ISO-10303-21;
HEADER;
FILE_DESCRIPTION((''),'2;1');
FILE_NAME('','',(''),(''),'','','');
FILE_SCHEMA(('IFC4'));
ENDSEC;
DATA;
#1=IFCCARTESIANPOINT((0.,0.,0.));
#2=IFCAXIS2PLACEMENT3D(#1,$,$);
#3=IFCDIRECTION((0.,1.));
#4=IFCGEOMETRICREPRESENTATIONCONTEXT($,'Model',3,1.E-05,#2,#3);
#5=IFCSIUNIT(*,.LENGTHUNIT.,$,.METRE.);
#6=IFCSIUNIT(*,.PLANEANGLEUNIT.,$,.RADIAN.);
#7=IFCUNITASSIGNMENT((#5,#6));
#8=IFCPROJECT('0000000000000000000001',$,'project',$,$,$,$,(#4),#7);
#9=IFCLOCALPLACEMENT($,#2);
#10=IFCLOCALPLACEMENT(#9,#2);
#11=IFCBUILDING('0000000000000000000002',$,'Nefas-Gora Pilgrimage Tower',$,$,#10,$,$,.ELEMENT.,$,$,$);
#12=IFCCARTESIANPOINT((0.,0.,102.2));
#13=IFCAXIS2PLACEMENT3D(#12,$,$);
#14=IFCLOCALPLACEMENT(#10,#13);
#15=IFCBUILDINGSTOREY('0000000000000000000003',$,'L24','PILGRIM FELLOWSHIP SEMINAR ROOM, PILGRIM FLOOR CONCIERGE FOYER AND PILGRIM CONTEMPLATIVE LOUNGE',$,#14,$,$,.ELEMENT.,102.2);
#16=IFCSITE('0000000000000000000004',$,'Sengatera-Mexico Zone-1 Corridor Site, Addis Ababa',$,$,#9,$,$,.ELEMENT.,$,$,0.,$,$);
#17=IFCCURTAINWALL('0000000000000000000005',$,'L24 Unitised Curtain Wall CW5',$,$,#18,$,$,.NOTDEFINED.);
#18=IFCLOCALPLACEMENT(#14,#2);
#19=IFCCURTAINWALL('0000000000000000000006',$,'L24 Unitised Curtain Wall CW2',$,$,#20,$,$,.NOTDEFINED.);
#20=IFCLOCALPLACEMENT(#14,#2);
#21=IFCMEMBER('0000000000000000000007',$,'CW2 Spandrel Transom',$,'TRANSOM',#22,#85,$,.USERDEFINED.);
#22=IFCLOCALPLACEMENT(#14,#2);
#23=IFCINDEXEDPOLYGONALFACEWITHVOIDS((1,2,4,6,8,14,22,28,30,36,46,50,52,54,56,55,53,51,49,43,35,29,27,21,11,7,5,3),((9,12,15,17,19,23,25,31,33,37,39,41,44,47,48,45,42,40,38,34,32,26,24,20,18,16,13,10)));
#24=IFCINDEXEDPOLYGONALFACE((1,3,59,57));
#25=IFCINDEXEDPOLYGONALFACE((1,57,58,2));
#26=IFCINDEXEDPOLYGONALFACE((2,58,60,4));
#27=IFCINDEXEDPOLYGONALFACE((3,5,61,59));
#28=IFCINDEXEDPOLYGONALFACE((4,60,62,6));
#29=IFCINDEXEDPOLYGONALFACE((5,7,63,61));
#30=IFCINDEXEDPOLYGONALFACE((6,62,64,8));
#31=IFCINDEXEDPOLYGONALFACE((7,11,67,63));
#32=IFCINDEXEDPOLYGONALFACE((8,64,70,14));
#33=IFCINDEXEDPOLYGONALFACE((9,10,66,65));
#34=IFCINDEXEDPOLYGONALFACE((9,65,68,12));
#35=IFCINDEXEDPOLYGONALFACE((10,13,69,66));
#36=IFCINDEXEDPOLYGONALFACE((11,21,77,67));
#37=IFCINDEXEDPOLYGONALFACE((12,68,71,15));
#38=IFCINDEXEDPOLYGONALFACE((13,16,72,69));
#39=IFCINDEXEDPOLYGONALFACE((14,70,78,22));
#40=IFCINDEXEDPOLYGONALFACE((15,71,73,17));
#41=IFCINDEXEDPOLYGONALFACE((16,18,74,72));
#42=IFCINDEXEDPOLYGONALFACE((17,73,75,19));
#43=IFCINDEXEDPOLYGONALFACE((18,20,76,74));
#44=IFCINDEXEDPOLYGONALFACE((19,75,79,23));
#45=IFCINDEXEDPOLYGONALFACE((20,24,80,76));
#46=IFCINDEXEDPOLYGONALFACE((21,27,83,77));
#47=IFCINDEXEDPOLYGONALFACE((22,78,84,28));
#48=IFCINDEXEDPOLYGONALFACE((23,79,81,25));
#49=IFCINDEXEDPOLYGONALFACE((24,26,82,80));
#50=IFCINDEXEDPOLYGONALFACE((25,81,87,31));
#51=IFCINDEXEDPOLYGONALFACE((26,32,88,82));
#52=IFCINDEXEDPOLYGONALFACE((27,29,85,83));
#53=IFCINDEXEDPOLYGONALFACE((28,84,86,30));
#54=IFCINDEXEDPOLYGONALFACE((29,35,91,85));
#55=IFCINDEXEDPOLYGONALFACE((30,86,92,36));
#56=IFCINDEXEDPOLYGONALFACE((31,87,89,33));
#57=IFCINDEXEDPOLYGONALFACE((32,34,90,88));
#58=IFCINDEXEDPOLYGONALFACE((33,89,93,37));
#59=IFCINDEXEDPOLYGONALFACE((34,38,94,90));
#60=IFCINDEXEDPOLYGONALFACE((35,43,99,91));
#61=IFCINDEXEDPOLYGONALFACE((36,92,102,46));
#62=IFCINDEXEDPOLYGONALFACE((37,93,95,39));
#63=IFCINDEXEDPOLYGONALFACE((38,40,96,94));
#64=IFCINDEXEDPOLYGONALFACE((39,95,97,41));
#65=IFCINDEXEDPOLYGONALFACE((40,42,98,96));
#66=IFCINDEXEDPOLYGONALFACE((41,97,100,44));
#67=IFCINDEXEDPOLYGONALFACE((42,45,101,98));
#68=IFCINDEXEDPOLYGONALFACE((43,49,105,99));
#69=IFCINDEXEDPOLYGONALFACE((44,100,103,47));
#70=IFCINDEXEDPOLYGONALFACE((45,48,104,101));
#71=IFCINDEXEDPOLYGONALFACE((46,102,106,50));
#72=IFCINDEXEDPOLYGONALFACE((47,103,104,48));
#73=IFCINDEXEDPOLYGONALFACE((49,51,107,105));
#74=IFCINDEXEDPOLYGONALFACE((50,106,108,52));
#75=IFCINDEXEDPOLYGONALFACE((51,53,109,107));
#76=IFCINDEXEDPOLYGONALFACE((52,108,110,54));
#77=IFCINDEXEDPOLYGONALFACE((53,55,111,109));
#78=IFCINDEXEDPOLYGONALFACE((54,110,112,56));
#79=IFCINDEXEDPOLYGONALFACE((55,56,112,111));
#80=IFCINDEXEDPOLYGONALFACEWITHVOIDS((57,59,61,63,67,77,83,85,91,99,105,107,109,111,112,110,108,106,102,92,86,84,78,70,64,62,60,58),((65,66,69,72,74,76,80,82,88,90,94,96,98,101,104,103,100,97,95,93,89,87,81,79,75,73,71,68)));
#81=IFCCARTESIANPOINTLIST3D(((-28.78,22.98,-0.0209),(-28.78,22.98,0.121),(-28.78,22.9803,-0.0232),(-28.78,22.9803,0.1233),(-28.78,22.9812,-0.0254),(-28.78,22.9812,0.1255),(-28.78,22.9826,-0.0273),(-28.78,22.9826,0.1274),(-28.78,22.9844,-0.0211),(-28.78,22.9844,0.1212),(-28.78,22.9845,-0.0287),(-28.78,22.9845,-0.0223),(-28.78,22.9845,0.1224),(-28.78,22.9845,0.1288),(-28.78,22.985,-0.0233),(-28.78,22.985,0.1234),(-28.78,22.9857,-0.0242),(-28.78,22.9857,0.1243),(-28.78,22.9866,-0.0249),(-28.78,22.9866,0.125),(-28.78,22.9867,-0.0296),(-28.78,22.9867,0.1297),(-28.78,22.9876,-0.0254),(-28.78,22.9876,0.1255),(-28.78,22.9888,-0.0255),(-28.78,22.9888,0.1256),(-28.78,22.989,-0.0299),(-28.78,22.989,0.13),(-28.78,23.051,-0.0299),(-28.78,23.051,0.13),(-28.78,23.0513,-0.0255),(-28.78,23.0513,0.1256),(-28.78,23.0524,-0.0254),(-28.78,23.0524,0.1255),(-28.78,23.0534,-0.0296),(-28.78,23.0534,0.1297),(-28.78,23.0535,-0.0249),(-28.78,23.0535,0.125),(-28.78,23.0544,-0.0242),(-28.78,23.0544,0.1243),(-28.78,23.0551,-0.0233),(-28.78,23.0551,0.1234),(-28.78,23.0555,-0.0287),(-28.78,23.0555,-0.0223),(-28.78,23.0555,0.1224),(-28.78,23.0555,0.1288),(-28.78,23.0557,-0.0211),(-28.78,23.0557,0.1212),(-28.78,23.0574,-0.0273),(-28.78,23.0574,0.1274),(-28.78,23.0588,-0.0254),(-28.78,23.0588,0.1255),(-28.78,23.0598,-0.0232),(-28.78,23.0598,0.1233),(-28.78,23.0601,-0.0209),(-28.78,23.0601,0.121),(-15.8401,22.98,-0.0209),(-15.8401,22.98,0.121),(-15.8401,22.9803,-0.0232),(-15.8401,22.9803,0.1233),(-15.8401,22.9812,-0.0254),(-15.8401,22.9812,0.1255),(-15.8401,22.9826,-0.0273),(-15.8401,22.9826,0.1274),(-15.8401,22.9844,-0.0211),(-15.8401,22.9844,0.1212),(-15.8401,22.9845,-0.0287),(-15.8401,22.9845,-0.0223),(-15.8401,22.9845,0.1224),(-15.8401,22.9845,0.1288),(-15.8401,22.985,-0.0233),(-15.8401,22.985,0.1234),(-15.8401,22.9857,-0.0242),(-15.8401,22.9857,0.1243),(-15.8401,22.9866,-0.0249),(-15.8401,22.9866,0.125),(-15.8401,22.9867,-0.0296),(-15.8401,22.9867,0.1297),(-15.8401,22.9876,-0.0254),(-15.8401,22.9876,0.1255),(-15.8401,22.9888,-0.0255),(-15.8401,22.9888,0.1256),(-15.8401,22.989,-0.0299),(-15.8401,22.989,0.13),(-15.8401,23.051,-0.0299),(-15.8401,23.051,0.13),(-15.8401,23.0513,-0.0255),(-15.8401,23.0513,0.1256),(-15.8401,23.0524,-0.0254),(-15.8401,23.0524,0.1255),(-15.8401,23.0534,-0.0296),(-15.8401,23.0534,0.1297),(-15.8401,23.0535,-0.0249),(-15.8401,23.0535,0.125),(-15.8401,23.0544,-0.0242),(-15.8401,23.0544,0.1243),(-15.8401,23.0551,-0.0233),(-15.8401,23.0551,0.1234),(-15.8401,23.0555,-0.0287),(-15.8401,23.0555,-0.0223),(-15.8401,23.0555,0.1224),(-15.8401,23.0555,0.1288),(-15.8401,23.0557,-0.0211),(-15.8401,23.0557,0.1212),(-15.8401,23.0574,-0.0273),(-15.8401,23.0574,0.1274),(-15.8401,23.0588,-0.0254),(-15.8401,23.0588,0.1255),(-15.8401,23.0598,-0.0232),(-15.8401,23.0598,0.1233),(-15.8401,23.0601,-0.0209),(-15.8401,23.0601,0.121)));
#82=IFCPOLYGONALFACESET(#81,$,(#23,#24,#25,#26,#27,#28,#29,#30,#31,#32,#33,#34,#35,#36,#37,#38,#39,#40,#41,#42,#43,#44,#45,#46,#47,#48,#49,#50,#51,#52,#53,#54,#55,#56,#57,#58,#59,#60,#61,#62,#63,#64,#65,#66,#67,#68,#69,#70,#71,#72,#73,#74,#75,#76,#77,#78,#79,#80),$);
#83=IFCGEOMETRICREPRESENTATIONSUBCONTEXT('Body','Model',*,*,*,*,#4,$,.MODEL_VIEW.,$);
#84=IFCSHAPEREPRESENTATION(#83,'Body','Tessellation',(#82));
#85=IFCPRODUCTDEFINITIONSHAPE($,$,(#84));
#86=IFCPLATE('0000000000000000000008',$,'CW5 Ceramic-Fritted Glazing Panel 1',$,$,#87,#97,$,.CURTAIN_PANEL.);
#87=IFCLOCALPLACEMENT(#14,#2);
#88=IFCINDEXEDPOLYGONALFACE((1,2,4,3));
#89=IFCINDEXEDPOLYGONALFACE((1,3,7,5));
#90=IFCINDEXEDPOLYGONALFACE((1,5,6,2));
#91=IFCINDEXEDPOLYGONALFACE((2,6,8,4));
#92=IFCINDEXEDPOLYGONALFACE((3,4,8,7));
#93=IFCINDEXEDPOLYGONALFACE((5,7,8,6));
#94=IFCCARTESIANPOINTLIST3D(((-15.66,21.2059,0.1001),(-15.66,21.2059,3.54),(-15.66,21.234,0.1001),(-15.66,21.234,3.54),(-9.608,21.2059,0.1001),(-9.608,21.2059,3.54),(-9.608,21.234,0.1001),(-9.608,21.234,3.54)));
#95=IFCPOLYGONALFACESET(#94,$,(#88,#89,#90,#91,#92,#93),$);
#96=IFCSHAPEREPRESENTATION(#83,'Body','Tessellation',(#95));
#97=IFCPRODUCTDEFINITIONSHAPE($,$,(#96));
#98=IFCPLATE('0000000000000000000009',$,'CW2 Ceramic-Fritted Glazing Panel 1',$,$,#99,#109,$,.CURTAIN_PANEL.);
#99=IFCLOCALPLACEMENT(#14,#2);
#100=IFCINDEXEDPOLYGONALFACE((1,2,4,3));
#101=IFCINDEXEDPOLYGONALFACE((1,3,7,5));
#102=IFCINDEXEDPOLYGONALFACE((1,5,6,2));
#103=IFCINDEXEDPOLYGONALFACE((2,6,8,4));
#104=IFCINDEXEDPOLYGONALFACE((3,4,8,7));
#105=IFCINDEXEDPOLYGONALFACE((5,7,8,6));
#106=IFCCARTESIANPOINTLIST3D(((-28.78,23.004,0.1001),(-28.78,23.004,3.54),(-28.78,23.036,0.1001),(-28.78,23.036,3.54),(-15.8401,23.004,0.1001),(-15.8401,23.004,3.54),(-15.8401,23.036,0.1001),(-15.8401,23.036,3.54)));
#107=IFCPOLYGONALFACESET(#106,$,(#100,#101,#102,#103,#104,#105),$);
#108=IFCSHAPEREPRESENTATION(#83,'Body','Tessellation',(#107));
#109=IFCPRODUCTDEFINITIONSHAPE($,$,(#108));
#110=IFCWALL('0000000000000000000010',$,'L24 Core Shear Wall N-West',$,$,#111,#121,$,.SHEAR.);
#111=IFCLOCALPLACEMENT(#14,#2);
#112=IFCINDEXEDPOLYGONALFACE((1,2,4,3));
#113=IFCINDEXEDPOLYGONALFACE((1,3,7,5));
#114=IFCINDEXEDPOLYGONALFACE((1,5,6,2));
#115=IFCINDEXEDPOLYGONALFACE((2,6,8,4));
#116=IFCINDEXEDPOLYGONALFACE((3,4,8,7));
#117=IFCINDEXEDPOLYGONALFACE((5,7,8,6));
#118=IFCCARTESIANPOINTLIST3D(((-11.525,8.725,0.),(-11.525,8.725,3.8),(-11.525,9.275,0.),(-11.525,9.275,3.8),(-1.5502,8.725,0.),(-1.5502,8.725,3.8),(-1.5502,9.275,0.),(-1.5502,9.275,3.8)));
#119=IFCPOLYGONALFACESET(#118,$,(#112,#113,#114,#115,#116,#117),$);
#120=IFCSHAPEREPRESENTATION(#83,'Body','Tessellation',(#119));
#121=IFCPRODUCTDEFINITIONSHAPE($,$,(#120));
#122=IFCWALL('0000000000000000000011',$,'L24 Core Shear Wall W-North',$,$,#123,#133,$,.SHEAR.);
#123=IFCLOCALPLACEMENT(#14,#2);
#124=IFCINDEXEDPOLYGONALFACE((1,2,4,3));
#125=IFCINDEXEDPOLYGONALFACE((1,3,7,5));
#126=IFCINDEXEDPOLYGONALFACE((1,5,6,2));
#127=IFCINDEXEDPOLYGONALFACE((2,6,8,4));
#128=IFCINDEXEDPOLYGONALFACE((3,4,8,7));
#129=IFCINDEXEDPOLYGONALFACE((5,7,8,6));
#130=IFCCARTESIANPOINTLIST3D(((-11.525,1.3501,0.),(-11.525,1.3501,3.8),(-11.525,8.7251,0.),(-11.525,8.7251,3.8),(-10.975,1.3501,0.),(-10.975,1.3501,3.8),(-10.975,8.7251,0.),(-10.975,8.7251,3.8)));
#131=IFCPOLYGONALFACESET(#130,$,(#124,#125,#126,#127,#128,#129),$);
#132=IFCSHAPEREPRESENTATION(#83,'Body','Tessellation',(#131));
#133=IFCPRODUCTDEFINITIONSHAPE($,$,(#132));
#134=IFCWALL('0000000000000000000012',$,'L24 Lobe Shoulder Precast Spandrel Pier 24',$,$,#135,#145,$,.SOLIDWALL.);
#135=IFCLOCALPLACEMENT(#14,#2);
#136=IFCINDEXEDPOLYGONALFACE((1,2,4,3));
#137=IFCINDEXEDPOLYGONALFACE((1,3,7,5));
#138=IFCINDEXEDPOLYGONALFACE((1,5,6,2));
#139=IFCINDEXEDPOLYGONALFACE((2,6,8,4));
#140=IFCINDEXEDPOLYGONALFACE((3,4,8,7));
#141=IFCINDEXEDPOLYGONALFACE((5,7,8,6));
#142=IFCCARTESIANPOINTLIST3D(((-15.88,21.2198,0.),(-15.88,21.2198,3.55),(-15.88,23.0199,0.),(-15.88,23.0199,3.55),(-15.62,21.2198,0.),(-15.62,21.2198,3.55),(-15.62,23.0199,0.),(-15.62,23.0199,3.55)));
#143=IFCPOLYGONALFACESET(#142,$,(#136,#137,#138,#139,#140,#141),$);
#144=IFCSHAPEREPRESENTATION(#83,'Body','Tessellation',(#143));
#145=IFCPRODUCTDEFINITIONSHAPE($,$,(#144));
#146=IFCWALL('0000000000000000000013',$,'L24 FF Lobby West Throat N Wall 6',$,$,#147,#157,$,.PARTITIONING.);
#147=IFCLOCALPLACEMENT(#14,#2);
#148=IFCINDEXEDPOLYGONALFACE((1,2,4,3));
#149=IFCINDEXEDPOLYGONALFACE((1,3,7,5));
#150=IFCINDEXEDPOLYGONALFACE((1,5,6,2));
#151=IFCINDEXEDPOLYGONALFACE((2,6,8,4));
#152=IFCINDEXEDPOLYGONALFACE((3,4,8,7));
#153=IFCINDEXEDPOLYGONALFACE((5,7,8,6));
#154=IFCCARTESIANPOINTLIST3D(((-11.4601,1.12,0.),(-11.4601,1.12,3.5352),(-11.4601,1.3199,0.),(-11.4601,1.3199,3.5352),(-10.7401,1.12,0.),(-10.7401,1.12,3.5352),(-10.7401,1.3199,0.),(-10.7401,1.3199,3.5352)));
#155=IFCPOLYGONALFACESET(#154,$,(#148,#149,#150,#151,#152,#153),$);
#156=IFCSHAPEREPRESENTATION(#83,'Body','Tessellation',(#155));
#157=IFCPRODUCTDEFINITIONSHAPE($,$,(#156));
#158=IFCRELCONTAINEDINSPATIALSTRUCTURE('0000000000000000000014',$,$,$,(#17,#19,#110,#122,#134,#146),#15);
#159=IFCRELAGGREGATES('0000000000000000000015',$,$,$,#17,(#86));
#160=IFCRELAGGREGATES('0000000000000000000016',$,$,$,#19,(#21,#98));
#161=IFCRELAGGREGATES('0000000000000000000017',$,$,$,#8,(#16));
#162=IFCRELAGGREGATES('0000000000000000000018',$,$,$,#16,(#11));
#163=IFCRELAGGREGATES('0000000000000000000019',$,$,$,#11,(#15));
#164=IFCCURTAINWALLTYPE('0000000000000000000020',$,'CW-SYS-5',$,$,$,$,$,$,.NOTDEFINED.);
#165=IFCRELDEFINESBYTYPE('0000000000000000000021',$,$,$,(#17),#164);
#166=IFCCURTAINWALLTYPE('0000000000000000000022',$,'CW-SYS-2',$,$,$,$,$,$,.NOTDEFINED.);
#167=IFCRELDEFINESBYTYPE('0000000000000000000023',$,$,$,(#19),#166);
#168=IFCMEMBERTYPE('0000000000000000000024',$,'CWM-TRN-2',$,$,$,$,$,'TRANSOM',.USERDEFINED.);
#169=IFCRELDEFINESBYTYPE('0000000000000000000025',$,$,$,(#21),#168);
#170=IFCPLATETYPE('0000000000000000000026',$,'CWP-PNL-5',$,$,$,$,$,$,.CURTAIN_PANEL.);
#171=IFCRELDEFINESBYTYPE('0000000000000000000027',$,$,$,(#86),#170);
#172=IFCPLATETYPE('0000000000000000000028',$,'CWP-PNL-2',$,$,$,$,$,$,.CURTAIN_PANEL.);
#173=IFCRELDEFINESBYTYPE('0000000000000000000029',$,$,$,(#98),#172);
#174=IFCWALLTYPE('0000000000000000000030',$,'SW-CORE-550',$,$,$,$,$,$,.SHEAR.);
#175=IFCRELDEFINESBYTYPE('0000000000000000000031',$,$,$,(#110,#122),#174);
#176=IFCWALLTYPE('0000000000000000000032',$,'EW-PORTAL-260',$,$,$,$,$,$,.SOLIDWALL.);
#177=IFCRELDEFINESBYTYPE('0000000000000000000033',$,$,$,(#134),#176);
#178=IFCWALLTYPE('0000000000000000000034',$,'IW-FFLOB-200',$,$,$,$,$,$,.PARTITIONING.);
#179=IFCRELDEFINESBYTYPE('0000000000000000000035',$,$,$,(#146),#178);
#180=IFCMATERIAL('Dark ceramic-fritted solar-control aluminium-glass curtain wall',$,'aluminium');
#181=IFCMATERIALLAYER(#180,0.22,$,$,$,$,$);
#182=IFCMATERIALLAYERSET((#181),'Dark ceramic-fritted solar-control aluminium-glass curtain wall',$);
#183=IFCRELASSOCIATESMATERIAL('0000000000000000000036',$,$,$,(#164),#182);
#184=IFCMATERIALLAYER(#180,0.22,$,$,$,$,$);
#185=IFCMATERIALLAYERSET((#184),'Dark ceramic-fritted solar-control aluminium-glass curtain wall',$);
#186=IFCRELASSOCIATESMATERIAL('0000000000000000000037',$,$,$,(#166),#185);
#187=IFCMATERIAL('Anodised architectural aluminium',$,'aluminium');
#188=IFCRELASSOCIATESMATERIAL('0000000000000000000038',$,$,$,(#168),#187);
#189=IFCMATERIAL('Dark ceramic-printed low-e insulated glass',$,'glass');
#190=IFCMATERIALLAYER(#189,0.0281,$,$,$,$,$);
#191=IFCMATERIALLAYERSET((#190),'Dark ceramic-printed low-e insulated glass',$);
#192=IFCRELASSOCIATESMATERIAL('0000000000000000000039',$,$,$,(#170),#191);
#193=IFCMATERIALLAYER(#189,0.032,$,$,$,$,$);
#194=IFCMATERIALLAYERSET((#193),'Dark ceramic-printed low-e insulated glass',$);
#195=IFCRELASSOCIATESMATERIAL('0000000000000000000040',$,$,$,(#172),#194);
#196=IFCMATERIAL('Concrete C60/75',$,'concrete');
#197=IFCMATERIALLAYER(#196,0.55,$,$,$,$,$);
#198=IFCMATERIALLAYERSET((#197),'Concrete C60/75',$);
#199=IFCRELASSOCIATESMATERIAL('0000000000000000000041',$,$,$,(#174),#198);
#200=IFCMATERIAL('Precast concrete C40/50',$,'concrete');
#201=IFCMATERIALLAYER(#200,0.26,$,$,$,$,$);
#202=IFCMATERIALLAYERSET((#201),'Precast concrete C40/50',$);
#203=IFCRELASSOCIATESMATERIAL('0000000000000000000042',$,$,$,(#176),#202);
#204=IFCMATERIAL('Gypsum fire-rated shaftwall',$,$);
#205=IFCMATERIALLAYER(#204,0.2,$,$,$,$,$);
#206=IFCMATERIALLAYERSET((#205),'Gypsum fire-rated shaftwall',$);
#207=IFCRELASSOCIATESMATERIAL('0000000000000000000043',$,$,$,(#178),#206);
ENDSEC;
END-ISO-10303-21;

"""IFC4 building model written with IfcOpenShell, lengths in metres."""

from ifc_helpers import new_model, si_unit, direction, frame, frame_2d, origin, origin_2d, place, context, subcontext, project, spatial, rectangle, hollow_rectangle, extrude, source, transform, mapped, material, layer, layer_set, material_profile, profile_set, type_object, element, aggregate, save


model = new_model("IFC4")

# Units and contexts
model_context = context("Model", 3, precision=1e-05, world=origin(), true_north=direction((0.0, 1.0)))
body_context = subcontext(model_context, "Body", "Model", "MODEL_VIEW")
ifc_project = project(units=[si_unit("LENGTHUNIT", "METRE"), si_unit("PLANEANGLEUNIT", "RADIAN")], contexts=[model_context])

# Site, building, storey
site_placement = place(None, origin())
site = spatial("IfcSite", under=ifc_project, at=site_placement, Name="Sengatera-Mexico Zone-1 Corridor Site, Addis Ababa", CompositionType="ELEMENT", RefElevation=0.0)
building_placement = place(site_placement, origin())
building = spatial("IfcBuilding", under=site, at=building_placement, Name="Nefas-Gora Pilgrimage Tower", CompositionType="ELEMENT")
storey_placement = place(building_placement, frame((0.0, 0.0, 102.2)))
storey = spatial("IfcBuildingStorey", under=building, at=storey_placement, Name="L24", Description="PILGRIM FELLOWSHIP SEMINAR ROOM, PILGRIM FLOOR CONCIERGE FOYER AND PILGRIM CONTEMPLATIVE LOUNGE", CompositionType="ELEMENT", Elevation=102.2)

# Curtain wall
ifc_material_1 = material(Name="Dark ceramic-fritted solar-control aluminium-glass curtain wall", Category="aluminium")
ifc_layer_1 = layer(ifc_material_1, 0.22)
ifc_layer_set_1 = layer_set([ifc_layer_1], Name="Dark ceramic-fritted solar-control aluminium-glass curtain wall")
curtain_wall_type_1 = type_object("IfcCurtainWallType", Name="CW-SYS-5", PredefinedType="NOTDEFINED", material=ifc_layer_set_1)
curtain_wall_1_placement = place(storey_placement, origin())
curtain_wall_1 = element("IfcCurtainWall", 1, at=curtain_wall_1_placement, inside=storey, type_object=curtain_wall_type_1, Name="L24 Unitised Curtain Wall CW5", PredefinedType="NOTDEFINED")
ifc_material_2 = material(Name="Anodised architectural aluminium", Category="aluminium")

# Curtain wall, member
ifc_layer_2 = layer(ifc_material_1, 0.22)
ifc_layer_set_2 = layer_set([ifc_layer_2], Name="Dark ceramic-fritted solar-control aluminium-glass curtain wall")
curtain_wall_type_2 = type_object("IfcCurtainWallType", Name="CW-SYS-2", PredefinedType="NOTDEFINED", material=ifc_layer_set_2)
curtain_wall_2_placement = place(storey_placement, origin())
curtain_wall_2 = element("IfcCurtainWall", 2, at=curtain_wall_2_placement, inside=storey, type_object=curtain_wall_type_2, Name="L24 Unitised Curtain Wall CW2", PredefinedType="NOTDEFINED")
ifc_material_profile_1 = material_profile(ifc_material_2, hollow_rectangle(XDim=0.0801, YDim=0.1599, WallThickness=0.0044, InnerFilletRadius=0.0044, OuterFilletRadius=0.009, at=origin_2d()), Name="ALU TRANSOM 80x160")
ifc_profile_set_1 = profile_set([ifc_material_profile_1], Name="Anodised architectural aluminium")
member_type_1 = type_object("IfcMemberType", Name="CWM-TRN-2", ElementType="TRANSOM", PredefinedType="USERDEFINED", material=ifc_profile_set_1)
shared_shape_1 = source(origin(), body_context, "Body", "SweptSolid", [
    extrude(hollow_rectangle(XDim=0.0801, YDim=0.1599, WallThickness=0.0044, InnerFilletRadius=0.0044, OuterFilletRadius=0.009, at=origin_2d()), origin(), (0.0, 0.0, 1.0), 12.9399),
])
member_1_placement = place(storey_placement, frame((-15.8401, 23.02, 0.05), z_axis=(-1.0, 0.0, 0.0), x_axis=(0.0, -1.0, 0.0)))
member_1 = element("IfcMember", 3, at=member_1_placement, type_object=member_type_1, Name="CW2 Spandrel Transom", ObjectType="TRANSOM", PredefinedType="USERDEFINED", context=body_context, shape_type="MappedRepresentation", body=[
    mapped(shared_shape_1, transform((0.0, 0.0, 0.0), x_axis=(1.0, 0.0, 0.0), y_axis=(0.0, 1.0, 0.0), z_axis=(0.0, 0.0, 1.0), scale=1.0)),
])

# Plates
ifc_material_3 = material(Name="Dark ceramic-printed low-e insulated glass", Category="glass")
ifc_layer_3 = layer(ifc_material_3, 0.0281)
ifc_layer_set_3 = layer_set([ifc_layer_3], Name="Dark ceramic-printed low-e insulated glass")
plate_type_1 = type_object("IfcPlateType", Name="CWP-PNL-5", PredefinedType="CURTAIN_PANEL", material=ifc_layer_set_3)
shared_shape_2 = source(origin(), body_context, "Body", "SweptSolid", [
    extrude(rectangle(XDim=6.052, YDim=0.0281, at=origin_2d()), origin(), (0.0, 0.0, 1.0), 3.4399),
])
plate_1_placement = place(storey_placement, frame((-12.634, 21.22, 0.1001), z_axis=(0.0, 0.0, 1.0), x_axis=(-1.0, 0.0, 0.0)))
plate_1 = element("IfcPlate", 4, at=plate_1_placement, type_object=plate_type_1, Name="CW5 Ceramic-Fritted Glazing Panel 1", PredefinedType="CURTAIN_PANEL", context=body_context, shape_type="MappedRepresentation", body=[
    mapped(shared_shape_2, transform((0.0, 0.0, 0.0), x_axis=(1.0, 0.0, 0.0), y_axis=(0.0, 1.0, 0.0), z_axis=(0.0, 0.0, 1.0), scale=1.0)),
])
aggregate(curtain_wall_1, [plate_1])
ifc_layer_4 = layer(ifc_material_3, 0.032)
ifc_layer_set_4 = layer_set([ifc_layer_4], Name="Dark ceramic-printed low-e insulated glass")
plate_type_2 = type_object("IfcPlateType", Name="CWP-PNL-2", PredefinedType="CURTAIN_PANEL", material=ifc_layer_set_4)
shared_shape_3 = source(origin(), body_context, "Body", "SweptSolid", [
    extrude(rectangle(XDim=12.9399, YDim=0.032, at=origin_2d()), origin(), (0.0, 0.0, 1.0), 3.4399),
])
plate_2_placement = place(storey_placement, frame((-22.3101, 23.02, 0.1001), z_axis=(0.0, 0.0, 1.0), x_axis=(-1.0, 0.0, 0.0)))
plate_2 = element("IfcPlate", 5, at=plate_2_placement, type_object=plate_type_2, Name="CW2 Ceramic-Fritted Glazing Panel 1", PredefinedType="CURTAIN_PANEL", context=body_context, shape_type="MappedRepresentation", body=[
    mapped(shared_shape_3, transform((0.0, 0.0, 0.0), x_axis=(1.0, 0.0, 0.0), y_axis=(0.0, 1.0, 0.0), z_axis=(0.0, 0.0, 1.0), scale=1.0)),
])
aggregate(curtain_wall_2, [member_1, plate_2])

# Walls
ifc_material_4 = material(Name="Concrete C60/75", Category="concrete")
ifc_layer_5 = layer(ifc_material_4, 0.55)
ifc_layer_set_5 = layer_set([ifc_layer_5], Name="Concrete C60/75")
wall_type_1 = type_object("IfcWallType", Name="SW-CORE-550", PredefinedType="SHEAR", material=ifc_layer_set_5)
shared_shape_4 = source(origin(), body_context, "Body", "SweptSolid", [
    extrude(rectangle(XDim=9.9749, YDim=0.55, at=frame_2d((4.9873, 0.0))), origin(), (0.0, 0.0, 1.0), 3.8),
])
wall_1_placement = place(storey_placement, frame((-11.5249, 9.0, 0.0), z_axis=(0.0, 0.0, 1.0), x_axis=(1.0, 0.0, 0.0)))
element("IfcWall", 6, at=wall_1_placement, inside=storey, type_object=wall_type_1, Name="L24 Core Shear Wall N-West", PredefinedType="SHEAR", context=body_context, shape_type="MappedRepresentation", body=[
    mapped(shared_shape_4, transform((0.0, 0.0, 0.0), x_axis=(1.0, 0.0, 0.0), y_axis=(0.0, 1.0, 0.0), z_axis=(0.0, 0.0, 1.0), scale=1.0)),
])
shared_shape_5 = source(origin(), body_context, "Body", "SweptSolid", [
    extrude(rectangle(XDim=7.375, YDim=0.55, at=frame_2d((3.6875, 0.0))), origin(), (0.0, 0.0, 1.0), 3.8),
])
wall_2_placement = place(storey_placement, frame((-11.25, 1.3501, 0.0), z_axis=(0.0, 0.0, 1.0), x_axis=(0.0, 1.0, 0.0)))
element("IfcWall", 7, at=wall_2_placement, inside=storey, type_object=wall_type_1, Name="L24 Core Shear Wall W-North", PredefinedType="SHEAR", context=body_context, shape_type="MappedRepresentation", body=[
    mapped(shared_shape_5, transform((0.0, 0.0, 0.0), x_axis=(1.0, 0.0, 0.0), y_axis=(0.0, 1.0, 0.0), z_axis=(0.0, 0.0, 1.0), scale=1.0)),
])
ifc_material_5 = material(Name="Precast concrete C40/50", Category="concrete")
ifc_layer_6 = layer(ifc_material_5, 0.26)
ifc_layer_set_6 = layer_set([ifc_layer_6], Name="Precast concrete C40/50")
wall_type_2 = type_object("IfcWallType", Name="EW-PORTAL-260", PredefinedType="SOLIDWALL", material=ifc_layer_set_6)
shared_shape_6 = source(origin(), body_context, "Body", "SweptSolid", [
    extrude(rectangle(XDim=1.8, YDim=0.26, at=frame_2d((0.8999, 0.0))), origin(), (0.0, 0.0, 1.0), 3.55),
])
wall_3_placement = place(storey_placement, frame((-15.75, 21.22, 0.0), z_axis=(0.0, 0.0, 1.0), x_axis=(0.0, 1.0, 0.0)))
element("IfcWall", 8, at=wall_3_placement, inside=storey, type_object=wall_type_2, Name="L24 Lobe Shoulder Precast Spandrel Pier 24", PredefinedType="SOLIDWALL", context=body_context, shape_type="MappedRepresentation", body=[
    mapped(shared_shape_6, transform((0.0, 0.0, 0.0), x_axis=(1.0, 0.0, 0.0), y_axis=(0.0, 1.0, 0.0), z_axis=(0.0, 0.0, 1.0), scale=1.0)),
])
ifc_material_6 = material(Name="Gypsum fire-rated shaftwall")
ifc_layer_7 = layer(ifc_material_6, 0.2)
ifc_layer_set_7 = layer_set([ifc_layer_7], Name="Gypsum fire-rated shaftwall")
wall_type_3 = type_object("IfcWallType", Name="IW-FFLOB-200", PredefinedType="PARTITIONING", material=ifc_layer_set_7)
shared_shape_7 = source(origin(), body_context, "Body", "SweptSolid", [
    extrude(rectangle(XDim=0.72, YDim=0.2, at=frame_2d((0.3599, 0.0))), origin(), (0.0, 0.0, 1.0), 3.5352),
])
wall_4_placement = place(storey_placement, frame((-11.46, 1.22, 0.0), z_axis=(0.0, 0.0, 1.0), x_axis=(1.0, 0.0, 0.0)))
element("IfcWall", 9, at=wall_4_placement, inside=storey, type_object=wall_type_3, Name="L24 FF Lobby West Throat N Wall 6", PredefinedType="PARTITIONING", context=body_context, shape_type="MappedRepresentation", body=[
    mapped(shared_shape_7, transform((0.0, 0.0, 0.0), x_axis=(1.0, 0.0, 0.0), y_axis=(0.0, 1.0, 0.0), z_axis=(0.0, 0.0, 1.0), scale=1.0)),
])

save(model, "model.ifc")
